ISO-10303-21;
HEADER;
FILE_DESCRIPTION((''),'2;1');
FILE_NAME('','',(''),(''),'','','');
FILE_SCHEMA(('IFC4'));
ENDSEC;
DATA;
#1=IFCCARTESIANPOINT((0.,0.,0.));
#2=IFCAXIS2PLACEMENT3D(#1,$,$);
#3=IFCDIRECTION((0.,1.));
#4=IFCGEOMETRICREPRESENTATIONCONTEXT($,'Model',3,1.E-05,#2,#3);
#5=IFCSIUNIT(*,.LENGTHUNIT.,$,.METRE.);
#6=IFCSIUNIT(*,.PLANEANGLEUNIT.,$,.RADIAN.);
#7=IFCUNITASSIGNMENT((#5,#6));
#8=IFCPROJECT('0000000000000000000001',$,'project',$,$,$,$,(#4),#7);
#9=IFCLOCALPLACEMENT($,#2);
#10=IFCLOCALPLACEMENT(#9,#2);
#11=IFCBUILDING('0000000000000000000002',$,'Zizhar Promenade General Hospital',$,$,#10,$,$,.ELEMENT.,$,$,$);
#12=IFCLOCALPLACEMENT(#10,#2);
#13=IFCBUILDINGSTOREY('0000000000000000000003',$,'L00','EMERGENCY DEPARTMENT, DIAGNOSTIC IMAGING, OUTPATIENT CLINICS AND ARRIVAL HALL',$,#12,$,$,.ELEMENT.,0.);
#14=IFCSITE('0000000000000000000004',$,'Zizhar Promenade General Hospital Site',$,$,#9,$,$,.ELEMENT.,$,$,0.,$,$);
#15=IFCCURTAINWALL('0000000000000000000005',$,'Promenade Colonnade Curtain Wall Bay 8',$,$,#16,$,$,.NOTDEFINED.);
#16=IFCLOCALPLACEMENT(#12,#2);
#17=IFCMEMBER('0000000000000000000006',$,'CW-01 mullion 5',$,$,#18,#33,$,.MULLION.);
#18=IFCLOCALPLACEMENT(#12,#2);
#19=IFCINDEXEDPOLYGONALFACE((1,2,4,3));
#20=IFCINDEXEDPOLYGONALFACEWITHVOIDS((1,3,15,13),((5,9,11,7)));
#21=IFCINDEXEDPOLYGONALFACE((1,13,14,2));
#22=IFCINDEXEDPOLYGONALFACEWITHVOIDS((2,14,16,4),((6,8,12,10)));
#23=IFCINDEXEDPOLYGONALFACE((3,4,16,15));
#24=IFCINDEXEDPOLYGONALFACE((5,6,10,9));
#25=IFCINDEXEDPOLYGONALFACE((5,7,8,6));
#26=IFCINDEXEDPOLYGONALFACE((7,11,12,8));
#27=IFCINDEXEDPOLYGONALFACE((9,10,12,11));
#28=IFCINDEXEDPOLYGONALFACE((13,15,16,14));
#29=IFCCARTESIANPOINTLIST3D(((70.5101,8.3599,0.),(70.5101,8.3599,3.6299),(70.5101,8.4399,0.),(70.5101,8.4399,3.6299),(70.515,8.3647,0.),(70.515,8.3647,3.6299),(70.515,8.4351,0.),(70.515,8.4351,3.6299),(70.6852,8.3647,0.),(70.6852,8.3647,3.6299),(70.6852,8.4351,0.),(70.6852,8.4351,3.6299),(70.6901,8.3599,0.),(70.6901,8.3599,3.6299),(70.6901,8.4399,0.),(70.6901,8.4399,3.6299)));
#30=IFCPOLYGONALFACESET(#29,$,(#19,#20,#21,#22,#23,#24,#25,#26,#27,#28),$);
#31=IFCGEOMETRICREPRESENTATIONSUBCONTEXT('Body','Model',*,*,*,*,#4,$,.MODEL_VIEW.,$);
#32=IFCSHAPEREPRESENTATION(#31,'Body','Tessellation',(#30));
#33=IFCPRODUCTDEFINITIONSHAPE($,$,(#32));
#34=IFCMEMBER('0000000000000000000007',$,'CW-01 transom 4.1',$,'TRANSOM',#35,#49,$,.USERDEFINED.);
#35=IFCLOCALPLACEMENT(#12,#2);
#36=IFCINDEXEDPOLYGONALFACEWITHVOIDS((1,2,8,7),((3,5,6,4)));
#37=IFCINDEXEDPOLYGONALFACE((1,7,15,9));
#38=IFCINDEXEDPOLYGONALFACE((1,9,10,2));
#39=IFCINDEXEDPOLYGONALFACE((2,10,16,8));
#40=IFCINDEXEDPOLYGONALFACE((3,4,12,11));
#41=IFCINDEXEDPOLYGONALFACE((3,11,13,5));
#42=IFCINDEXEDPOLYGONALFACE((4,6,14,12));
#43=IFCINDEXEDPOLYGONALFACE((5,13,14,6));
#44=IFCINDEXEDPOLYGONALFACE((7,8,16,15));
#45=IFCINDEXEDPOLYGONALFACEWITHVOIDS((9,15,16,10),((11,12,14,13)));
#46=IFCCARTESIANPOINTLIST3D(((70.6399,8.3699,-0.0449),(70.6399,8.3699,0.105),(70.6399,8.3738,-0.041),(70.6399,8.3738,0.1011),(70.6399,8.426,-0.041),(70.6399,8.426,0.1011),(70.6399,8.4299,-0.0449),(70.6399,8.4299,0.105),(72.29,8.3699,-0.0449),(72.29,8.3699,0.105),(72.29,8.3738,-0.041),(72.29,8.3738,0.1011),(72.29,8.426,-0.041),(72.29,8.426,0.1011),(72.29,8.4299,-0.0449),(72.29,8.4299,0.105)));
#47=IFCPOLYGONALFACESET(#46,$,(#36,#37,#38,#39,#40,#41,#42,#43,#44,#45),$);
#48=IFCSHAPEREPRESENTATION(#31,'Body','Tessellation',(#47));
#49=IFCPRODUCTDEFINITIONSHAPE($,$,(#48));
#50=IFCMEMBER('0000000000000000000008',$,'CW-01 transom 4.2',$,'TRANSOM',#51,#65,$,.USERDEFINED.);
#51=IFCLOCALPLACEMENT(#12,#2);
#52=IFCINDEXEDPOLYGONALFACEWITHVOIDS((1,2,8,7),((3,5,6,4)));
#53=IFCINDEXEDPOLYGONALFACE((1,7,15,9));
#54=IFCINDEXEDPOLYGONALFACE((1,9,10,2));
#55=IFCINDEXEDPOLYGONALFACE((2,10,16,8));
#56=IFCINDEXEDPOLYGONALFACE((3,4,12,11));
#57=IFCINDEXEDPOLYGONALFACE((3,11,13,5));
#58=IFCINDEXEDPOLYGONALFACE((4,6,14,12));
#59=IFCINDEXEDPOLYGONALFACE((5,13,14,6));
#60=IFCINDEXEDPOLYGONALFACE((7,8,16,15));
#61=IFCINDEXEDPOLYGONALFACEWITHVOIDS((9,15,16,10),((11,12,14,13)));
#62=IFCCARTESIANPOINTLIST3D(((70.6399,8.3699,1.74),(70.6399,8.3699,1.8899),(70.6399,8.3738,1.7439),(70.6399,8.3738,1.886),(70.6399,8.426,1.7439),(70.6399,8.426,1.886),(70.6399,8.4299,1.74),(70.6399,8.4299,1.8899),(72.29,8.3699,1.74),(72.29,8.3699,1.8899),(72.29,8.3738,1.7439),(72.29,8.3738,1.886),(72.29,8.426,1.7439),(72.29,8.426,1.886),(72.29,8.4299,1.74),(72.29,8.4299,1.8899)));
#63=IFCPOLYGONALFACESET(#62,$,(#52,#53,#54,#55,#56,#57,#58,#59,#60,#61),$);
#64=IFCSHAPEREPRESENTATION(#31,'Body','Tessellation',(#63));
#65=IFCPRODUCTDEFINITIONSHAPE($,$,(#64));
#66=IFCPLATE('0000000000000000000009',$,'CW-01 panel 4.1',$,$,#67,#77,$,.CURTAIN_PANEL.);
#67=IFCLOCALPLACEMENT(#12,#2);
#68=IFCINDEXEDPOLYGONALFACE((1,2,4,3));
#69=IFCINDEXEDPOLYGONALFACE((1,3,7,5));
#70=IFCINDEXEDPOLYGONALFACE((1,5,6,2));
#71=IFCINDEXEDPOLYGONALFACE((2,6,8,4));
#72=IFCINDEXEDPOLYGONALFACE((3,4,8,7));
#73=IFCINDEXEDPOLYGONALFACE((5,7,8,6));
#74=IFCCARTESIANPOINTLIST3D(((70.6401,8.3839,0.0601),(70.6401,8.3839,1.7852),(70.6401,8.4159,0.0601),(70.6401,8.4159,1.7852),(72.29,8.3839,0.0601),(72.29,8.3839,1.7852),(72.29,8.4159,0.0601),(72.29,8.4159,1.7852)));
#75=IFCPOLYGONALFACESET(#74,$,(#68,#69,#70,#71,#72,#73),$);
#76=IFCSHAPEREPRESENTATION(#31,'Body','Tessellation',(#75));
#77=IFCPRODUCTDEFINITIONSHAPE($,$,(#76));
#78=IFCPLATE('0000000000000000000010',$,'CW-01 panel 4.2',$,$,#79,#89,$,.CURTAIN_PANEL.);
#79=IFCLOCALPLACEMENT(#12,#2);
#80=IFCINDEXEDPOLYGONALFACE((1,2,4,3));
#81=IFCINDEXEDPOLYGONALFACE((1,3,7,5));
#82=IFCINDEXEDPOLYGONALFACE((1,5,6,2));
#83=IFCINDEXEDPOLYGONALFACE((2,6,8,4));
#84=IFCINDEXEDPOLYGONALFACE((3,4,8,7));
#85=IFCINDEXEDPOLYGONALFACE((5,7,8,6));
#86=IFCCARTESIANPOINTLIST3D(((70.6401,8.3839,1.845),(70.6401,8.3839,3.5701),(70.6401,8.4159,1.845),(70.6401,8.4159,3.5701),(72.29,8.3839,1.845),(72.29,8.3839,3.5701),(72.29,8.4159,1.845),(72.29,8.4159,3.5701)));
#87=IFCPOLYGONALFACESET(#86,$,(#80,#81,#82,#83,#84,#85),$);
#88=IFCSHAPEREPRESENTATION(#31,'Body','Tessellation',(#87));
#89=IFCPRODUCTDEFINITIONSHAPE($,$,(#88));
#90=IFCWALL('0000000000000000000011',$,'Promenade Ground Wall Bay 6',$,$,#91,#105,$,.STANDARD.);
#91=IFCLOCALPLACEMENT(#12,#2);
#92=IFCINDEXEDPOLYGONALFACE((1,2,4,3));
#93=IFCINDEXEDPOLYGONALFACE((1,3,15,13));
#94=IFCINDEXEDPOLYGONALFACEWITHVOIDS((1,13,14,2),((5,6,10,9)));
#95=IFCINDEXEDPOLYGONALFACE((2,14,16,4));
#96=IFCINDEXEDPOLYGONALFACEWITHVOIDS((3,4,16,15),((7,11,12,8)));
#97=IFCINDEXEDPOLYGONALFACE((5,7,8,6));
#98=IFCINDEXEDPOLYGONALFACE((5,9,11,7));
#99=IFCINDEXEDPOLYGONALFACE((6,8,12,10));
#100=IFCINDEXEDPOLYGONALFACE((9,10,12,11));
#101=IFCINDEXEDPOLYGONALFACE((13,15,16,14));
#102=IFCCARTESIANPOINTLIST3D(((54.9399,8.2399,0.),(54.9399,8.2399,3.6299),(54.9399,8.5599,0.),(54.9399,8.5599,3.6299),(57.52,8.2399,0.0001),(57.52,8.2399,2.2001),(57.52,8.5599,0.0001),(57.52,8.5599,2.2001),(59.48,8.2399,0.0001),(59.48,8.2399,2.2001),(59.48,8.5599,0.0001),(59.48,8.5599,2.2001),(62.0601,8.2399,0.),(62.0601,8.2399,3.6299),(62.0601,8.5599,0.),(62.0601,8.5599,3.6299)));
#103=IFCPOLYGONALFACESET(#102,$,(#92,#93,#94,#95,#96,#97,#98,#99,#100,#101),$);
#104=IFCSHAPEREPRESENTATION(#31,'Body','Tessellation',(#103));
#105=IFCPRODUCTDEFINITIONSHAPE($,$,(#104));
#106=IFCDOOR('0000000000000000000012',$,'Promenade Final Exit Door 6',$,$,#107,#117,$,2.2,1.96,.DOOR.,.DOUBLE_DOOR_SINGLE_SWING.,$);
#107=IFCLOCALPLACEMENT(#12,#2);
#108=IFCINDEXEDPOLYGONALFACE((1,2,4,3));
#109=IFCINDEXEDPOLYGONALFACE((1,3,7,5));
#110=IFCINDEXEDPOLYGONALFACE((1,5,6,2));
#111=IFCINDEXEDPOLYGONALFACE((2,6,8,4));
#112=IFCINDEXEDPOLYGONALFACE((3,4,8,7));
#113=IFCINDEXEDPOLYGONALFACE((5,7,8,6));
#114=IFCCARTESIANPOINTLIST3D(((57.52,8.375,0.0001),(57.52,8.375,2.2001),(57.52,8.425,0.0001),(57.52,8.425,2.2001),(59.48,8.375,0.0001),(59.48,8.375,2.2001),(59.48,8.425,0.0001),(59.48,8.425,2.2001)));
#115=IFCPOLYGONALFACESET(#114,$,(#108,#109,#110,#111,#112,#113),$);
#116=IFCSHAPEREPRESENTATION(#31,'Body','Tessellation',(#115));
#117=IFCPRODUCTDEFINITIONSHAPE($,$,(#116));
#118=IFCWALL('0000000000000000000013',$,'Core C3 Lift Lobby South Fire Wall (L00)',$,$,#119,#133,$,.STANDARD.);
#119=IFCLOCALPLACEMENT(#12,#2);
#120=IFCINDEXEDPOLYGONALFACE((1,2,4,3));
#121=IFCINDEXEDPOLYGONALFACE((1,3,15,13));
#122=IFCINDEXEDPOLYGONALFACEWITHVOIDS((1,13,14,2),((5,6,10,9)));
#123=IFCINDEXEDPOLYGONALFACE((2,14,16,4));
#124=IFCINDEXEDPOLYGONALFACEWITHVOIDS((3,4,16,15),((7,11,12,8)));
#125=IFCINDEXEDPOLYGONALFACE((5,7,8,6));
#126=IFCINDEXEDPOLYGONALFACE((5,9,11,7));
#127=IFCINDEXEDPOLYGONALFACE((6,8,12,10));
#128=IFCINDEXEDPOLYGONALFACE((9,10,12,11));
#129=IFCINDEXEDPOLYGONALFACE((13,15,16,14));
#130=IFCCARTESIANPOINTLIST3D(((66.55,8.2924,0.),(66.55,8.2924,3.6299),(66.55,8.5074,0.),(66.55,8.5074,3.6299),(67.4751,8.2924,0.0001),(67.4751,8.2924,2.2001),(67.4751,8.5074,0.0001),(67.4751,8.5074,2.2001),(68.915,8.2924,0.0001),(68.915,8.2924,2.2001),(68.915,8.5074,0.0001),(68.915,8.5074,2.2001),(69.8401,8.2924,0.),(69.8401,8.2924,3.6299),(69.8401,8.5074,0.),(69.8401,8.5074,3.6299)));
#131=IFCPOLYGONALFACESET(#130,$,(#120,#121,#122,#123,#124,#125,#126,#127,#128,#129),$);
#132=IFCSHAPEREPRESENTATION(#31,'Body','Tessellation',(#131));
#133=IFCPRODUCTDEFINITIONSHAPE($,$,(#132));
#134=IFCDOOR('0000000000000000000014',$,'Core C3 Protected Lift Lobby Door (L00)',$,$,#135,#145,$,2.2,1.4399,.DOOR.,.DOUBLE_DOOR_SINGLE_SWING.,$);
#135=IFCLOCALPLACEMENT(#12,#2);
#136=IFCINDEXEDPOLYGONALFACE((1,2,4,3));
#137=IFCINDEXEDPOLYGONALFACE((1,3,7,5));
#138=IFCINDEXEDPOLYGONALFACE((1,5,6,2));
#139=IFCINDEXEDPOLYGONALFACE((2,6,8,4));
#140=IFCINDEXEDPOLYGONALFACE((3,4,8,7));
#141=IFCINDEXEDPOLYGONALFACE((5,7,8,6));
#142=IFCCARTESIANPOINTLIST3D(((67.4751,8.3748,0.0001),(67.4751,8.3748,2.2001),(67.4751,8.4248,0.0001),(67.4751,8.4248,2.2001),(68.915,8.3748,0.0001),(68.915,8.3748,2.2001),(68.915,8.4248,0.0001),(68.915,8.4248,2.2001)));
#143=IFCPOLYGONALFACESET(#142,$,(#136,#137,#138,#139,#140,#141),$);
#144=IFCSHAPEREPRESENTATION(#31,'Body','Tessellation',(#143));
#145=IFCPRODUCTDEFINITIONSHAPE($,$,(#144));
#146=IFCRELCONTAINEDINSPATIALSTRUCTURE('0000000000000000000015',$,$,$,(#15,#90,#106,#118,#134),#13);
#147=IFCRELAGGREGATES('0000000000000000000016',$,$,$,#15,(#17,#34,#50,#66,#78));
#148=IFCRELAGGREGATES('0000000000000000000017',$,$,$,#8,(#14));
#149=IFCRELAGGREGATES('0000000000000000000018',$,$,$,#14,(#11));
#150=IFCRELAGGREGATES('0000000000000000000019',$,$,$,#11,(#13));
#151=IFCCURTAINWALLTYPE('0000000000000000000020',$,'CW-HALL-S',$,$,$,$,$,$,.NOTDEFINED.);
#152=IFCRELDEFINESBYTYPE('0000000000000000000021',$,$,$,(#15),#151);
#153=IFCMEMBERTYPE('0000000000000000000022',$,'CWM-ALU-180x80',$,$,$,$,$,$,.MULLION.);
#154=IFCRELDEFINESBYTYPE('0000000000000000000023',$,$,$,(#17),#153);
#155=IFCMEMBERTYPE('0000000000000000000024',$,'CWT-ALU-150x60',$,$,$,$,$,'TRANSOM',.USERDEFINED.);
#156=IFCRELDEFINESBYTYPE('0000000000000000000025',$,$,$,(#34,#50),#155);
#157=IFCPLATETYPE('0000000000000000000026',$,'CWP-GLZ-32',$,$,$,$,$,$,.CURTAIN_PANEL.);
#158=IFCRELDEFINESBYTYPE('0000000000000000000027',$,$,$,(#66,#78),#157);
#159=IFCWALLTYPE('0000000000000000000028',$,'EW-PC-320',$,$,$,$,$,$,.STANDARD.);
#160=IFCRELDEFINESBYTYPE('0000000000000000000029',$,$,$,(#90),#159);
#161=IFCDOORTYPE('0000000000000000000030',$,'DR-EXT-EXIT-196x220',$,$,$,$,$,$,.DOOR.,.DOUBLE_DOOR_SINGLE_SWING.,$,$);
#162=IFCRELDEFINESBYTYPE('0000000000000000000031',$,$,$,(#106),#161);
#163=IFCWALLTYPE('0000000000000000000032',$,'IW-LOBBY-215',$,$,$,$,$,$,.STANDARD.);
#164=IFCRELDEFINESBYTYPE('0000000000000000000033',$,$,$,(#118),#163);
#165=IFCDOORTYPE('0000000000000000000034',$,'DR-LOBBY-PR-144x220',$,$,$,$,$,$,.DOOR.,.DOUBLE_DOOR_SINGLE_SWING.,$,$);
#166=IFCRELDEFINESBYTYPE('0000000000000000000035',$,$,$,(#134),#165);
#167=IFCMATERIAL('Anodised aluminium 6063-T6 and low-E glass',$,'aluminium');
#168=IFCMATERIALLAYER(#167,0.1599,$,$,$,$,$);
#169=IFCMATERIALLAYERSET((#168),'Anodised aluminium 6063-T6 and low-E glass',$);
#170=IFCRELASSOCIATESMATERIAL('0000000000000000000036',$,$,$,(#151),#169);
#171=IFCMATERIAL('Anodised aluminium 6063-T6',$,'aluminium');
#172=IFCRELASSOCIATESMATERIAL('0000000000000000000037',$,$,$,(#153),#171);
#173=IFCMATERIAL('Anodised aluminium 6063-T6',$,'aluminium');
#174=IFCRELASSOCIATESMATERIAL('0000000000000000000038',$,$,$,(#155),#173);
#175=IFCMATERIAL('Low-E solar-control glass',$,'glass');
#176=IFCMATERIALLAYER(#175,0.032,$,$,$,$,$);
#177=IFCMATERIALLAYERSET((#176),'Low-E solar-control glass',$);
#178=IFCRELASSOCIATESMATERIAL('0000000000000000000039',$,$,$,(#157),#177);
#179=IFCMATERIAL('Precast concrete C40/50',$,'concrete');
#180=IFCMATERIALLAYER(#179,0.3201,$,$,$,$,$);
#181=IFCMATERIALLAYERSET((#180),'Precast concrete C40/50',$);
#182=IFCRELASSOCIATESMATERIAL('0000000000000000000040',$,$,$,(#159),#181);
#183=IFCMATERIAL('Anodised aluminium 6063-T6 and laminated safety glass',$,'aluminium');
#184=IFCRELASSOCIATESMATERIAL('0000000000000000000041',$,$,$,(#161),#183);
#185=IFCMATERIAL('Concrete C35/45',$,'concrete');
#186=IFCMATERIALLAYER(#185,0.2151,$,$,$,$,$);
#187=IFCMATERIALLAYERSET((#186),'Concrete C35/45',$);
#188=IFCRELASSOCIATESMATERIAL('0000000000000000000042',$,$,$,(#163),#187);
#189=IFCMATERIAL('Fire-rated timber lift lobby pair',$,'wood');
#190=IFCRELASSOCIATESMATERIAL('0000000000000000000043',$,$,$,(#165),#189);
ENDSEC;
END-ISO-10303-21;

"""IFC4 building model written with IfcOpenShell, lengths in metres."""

from ifc_helpers import new_model, si_unit, direction, frame, frame_2d, origin, origin_2d, place, context, subcontext, project, spatial, rectangle, hollow_rectangle, extrude, material, layer, layer_set, material_profile, profile_set, type_object, element, fill, aggregate, save


model = new_model("IFC4")

# Units and contexts
model_context = context("Model", 3, precision=1e-05, world=origin(), true_north=direction((0.0, 1.0)))
body_context = subcontext(model_context, "Body", "Model", "MODEL_VIEW")
ifc_project = project(units=[si_unit("LENGTHUNIT", "METRE"), si_unit("PLANEANGLEUNIT", "RADIAN")], contexts=[model_context])

# Site, building, storey
site_placement = place(None, origin())
site = spatial("IfcSite", under=ifc_project, at=site_placement, Name="Zizhar Promenade General Hospital Site", CompositionType="ELEMENT", RefElevation=0.0)
building_placement = place(site_placement, origin())
building = spatial("IfcBuilding", under=site, at=building_placement, Name="Zizhar Promenade General Hospital", CompositionType="ELEMENT")
storey_placement = place(building_placement, origin())
storey = spatial("IfcBuildingStorey", under=building, at=storey_placement, Name="L00", Description="EMERGENCY DEPARTMENT, DIAGNOSTIC IMAGING, OUTPATIENT CLINICS AND ARRIVAL HALL", CompositionType="ELEMENT", Elevation=0.0)

# Curtain wall, members, plates
ifc_material_1 = material(Name="Anodised aluminium 6063-T6 and low-E glass", Category="aluminium")
ifc_layer_1 = layer(ifc_material_1, 0.1599)
ifc_layer_set_1 = layer_set([ifc_layer_1], Name="Anodised aluminium 6063-T6 and low-E glass")
curtain_wall_type = type_object("IfcCurtainWallType", Name="CW-HALL-S", PredefinedType="NOTDEFINED", material=ifc_layer_set_1)
curtain_wall_placement = place(storey_placement, origin())
curtain_wall = element("IfcCurtainWall", 1, at=curtain_wall_placement, inside=storey, type_object=curtain_wall_type, Name="Promenade Colonnade Curtain Wall Bay 8", PredefinedType="NOTDEFINED")
ifc_material_2 = material(Name="Anodised aluminium 6063-T6", Category="aluminium")
ifc_material_profile_1 = material_profile(ifc_material_2, hollow_rectangle(XDim=0.0801, YDim=0.1799, WallThickness=0.0049, at=origin_2d()))
ifc_profile_set_1 = profile_set([ifc_material_profile_1], Name="Anodised aluminium 6063-T6")
member_type_1 = type_object("IfcMemberType", Name="CWM-ALU-180x80", PredefinedType="MULLION", material=ifc_profile_set_1)
member_1_placement = place(storey_placement, frame((70.6001, 8.3999, 0.0), z_axis=(0.0, 0.0, 1.0), x_axis=(0.0, -1.0, 0.0)))
member_1 = element("IfcMember", 2, at=member_1_placement, type_object=member_type_1, Name="CW-01 mullion 5", PredefinedType="MULLION", context=body_context, shape_type="SweptSolid", body=[
    extrude(hollow_rectangle(XDim=0.0801, YDim=0.1799, WallThickness=0.0049, at=origin_2d()), origin(), (0.0, 0.0, 1.0), 3.6299),
])
ifc_material_3 = material(Name="Anodised aluminium 6063-T6", Category="aluminium")
ifc_material_profile_2 = material_profile(ifc_material_3, hollow_rectangle(XDim=0.0601, YDim=0.1499, WallThickness=0.0039, at=origin_2d()))
ifc_profile_set_2 = profile_set([ifc_material_profile_2], Name="Anodised aluminium 6063-T6")
member_type_2 = type_object("IfcMemberType", Name="CWT-ALU-150x60", ElementType="TRANSOM", PredefinedType="USERDEFINED", material=ifc_profile_set_2)
member_2_placement = place(storey_placement, frame((72.29, 8.3999, 0.03), z_axis=(-1.0, 0.0, 0.0), x_axis=(0.0, -1.0, 0.0)))
member_2 = element("IfcMember", 3, at=member_2_placement, type_object=member_type_2, Name="CW-01 transom 4.1", ObjectType="TRANSOM", PredefinedType="USERDEFINED", context=body_context, shape_type="SweptSolid", body=[
    extrude(hollow_rectangle(XDim=0.0601, YDim=0.1499, WallThickness=0.0039, at=origin_2d()), origin(), (0.0, 0.0, 1.0), 1.6501),
])
member_3_placement = place(storey_placement, frame((72.29, 8.3999, 1.8149), z_axis=(-1.0, 0.0, 0.0), x_axis=(0.0, -1.0, 0.0)))
member_3 = element("IfcMember", 4, at=member_3_placement, type_object=member_type_2, Name="CW-01 transom 4.2", ObjectType="TRANSOM", PredefinedType="USERDEFINED", context=body_context, shape_type="SweptSolid", body=[
    extrude(hollow_rectangle(XDim=0.0601, YDim=0.1499, WallThickness=0.0039, at=origin_2d()), origin(), (0.0, 0.0, 1.0), 1.6501),
])
ifc_material_4 = material(Name="Low-E solar-control glass", Category="glass")
ifc_layer_2 = layer(ifc_material_4, 0.032)
ifc_layer_set_2 = layer_set([ifc_layer_2], Name="Low-E solar-control glass")
plate_type = type_object("IfcPlateType", Name="CWP-GLZ-32", PredefinedType="CURTAIN_PANEL", material=ifc_layer_set_2)
plate_1_placement = place(storey_placement, frame((71.4651, 8.3999, 0.0601), z_axis=(0.0, 0.0, 1.0), x_axis=(-1.0, 0.0, 0.0)))
plate_1 = element("IfcPlate", 5, at=plate_1_placement, type_object=plate_type, Name="CW-01 panel 4.1", PredefinedType="CURTAIN_PANEL", context=body_context, shape_type="SweptSolid", body=[
    extrude(rectangle(XDim=1.6499, YDim=0.032, at=origin_2d()), origin(), (0.0, 0.0, 1.0), 1.7251),
])
plate_2_placement = place(storey_placement, frame((71.4651, 8.3999, 1.845), z_axis=(0.0, 0.0, 1.0), x_axis=(-1.0, 0.0, 0.0)))
plate_2 = element("IfcPlate", 6, at=plate_2_placement, type_object=plate_type, Name="CW-01 panel 4.2", PredefinedType="CURTAIN_PANEL", context=body_context, shape_type="SweptSolid", body=[
    extrude(rectangle(XDim=1.6499, YDim=0.032, at=origin_2d()), origin(), (0.0, 0.0, 1.0), 1.7251),
])
aggregate(curtain_wall, [member_1, member_2, member_3, plate_1, plate_2])

# Walls, openings, doors
ifc_material_5 = material(Name="Precast concrete C40/50", Category="concrete")
ifc_layer_3 = layer(ifc_material_5, 0.3201)
ifc_layer_set_3 = layer_set([ifc_layer_3], Name="Precast concrete C40/50")
wall_type_1 = type_object("IfcWallType", Name="EW-PC-320", PredefinedType="STANDARD", material=ifc_layer_set_3)
wall_1_placement = place(storey_placement, frame((62.0601, 8.3999, 0.0), z_axis=(0.0, 0.0, 1.0), x_axis=(-1.0, 0.0, 0.0)))
wall_1 = element("IfcWall", 7, at=wall_1_placement, inside=storey, type_object=wall_type_1, Name="Promenade Ground Wall Bay 6", PredefinedType="STANDARD", context=body_context, shape_type="SweptSolid", body=[
    extrude(rectangle(XDim=7.1201, YDim=0.3201, at=frame_2d((3.5601, 0.0))), origin(), (0.0, 0.0, 1.0), 3.6299),
])
opening_1_placement = place(wall_1_placement, frame((2.5801, 0.0, 0.0)))
opening_1 = element("IfcOpeningElement", 8, at=opening_1_placement, cuts=wall_1, PredefinedType="OPENING", context=body_context, shape_type="SweptSolid", body=[
    extrude(rectangle(XDim=1.96, YDim=2.2, at=frame_2d((0.98, 1.1001))), frame((0.0, 0.1699, 0.0), z_axis=(0.0, -1.0, 0.0), x_axis=(1.0, 0.0, 0.0)), (0.0, 0.0, 1.0), 0.3401),
])
ifc_material_6 = material(Name="Anodised aluminium 6063-T6 and laminated safety glass", Category="aluminium")
door_type_1 = type_object("IfcDoorType", Name="DR-EXT-EXIT-196x220", OperationType="DOUBLE_DOOR_SINGLE_SWING", PredefinedType="DOOR", material=ifc_material_6)
door_1_placement = place(opening_1_placement, origin())
door_1 = element("IfcDoor", 9, at=door_1_placement, inside=storey, type_object=door_type_1, Name="Promenade Final Exit Door 6", OperationType="DOUBLE_DOOR_SINGLE_SWING", OverallHeight=2.2, OverallWidth=1.96, PredefinedType="DOOR", context=body_context, shape_type="SweptSolid", body=[
    extrude(rectangle(XDim=1.96, YDim=2.2, at=frame_2d((0.98, 1.1001))), frame((0.0, 0.0249, 0.0), z_axis=(0.0, -1.0, 0.0), x_axis=(1.0, 0.0, 0.0)), (0.0, 0.0, 1.0), 0.05),
])
fill(opening_1, door_1)
ifc_material_7 = material(Name="Concrete C35/45", Category="concrete")
ifc_layer_4 = layer(ifc_material_7, 0.2151)
ifc_layer_set_4 = layer_set([ifc_layer_4], Name="Concrete C35/45")
wall_type_2 = type_object("IfcWallType", Name="IW-LOBBY-215", PredefinedType="STANDARD", material=ifc_layer_set_4)
wall_2_placement = place(storey_placement, frame((66.55, 8.3999, 0.0), z_axis=(0.0, 0.0, 1.0), x_axis=(1.0, 0.0, 0.0)))
wall_2 = element("IfcWall", 10, at=wall_2_placement, inside=storey, type_object=wall_type_2, Name="Core C3 Lift Lobby South Fire Wall (L00)", PredefinedType="STANDARD", context=body_context, shape_type="SweptSolid", body=[
    extrude(rectangle(XDim=3.29, YDim=0.2151, at=frame_2d((1.645, 0.0))), origin(), (0.0, 0.0, 1.0), 3.6299),
])
opening_2_placement = place(wall_2_placement, frame((0.925, 0.0, 0.0)))
opening_2 = element("IfcOpeningElement", 11, at=opening_2_placement, cuts=wall_2, PredefinedType="OPENING", context=body_context, shape_type="SweptSolid", body=[
    extrude(rectangle(XDim=1.4399, YDim=2.2, at=frame_2d((0.72, 1.1001))), frame((0.0, 0.1177, 0.0), z_axis=(0.0, -1.0, 0.0), x_axis=(1.0, 0.0, 0.0)), (0.0, 0.0, 1.0), 0.2351),
])
ifc_material_8 = material(Name="Fire-rated timber lift lobby pair", Category="wood")
door_type_2 = type_object("IfcDoorType", Name="DR-LOBBY-PR-144x220", OperationType="DOUBLE_DOOR_SINGLE_SWING", PredefinedType="DOOR", material=ifc_material_8)
door_2_placement = place(opening_2_placement, origin())
door_2 = element("IfcDoor", 12, at=door_2_placement, inside=storey, type_object=door_type_2, Name="Core C3 Protected Lift Lobby Door (L00)", OperationType="DOUBLE_DOOR_SINGLE_SWING", OverallHeight=2.2, OverallWidth=1.4399, PredefinedType="DOOR", context=body_context, shape_type="SweptSolid", body=[
    extrude(rectangle(XDim=1.4399, YDim=2.2, at=frame_2d((0.72, 1.1001))), frame((0.0, 0.0249, 0.0), z_axis=(0.0, -1.0, 0.0), x_axis=(1.0, 0.0, 0.0)), (0.0, 0.0, 1.0), 0.05),
])
fill(opening_2, door_2)

save(model, "model.ifc")
